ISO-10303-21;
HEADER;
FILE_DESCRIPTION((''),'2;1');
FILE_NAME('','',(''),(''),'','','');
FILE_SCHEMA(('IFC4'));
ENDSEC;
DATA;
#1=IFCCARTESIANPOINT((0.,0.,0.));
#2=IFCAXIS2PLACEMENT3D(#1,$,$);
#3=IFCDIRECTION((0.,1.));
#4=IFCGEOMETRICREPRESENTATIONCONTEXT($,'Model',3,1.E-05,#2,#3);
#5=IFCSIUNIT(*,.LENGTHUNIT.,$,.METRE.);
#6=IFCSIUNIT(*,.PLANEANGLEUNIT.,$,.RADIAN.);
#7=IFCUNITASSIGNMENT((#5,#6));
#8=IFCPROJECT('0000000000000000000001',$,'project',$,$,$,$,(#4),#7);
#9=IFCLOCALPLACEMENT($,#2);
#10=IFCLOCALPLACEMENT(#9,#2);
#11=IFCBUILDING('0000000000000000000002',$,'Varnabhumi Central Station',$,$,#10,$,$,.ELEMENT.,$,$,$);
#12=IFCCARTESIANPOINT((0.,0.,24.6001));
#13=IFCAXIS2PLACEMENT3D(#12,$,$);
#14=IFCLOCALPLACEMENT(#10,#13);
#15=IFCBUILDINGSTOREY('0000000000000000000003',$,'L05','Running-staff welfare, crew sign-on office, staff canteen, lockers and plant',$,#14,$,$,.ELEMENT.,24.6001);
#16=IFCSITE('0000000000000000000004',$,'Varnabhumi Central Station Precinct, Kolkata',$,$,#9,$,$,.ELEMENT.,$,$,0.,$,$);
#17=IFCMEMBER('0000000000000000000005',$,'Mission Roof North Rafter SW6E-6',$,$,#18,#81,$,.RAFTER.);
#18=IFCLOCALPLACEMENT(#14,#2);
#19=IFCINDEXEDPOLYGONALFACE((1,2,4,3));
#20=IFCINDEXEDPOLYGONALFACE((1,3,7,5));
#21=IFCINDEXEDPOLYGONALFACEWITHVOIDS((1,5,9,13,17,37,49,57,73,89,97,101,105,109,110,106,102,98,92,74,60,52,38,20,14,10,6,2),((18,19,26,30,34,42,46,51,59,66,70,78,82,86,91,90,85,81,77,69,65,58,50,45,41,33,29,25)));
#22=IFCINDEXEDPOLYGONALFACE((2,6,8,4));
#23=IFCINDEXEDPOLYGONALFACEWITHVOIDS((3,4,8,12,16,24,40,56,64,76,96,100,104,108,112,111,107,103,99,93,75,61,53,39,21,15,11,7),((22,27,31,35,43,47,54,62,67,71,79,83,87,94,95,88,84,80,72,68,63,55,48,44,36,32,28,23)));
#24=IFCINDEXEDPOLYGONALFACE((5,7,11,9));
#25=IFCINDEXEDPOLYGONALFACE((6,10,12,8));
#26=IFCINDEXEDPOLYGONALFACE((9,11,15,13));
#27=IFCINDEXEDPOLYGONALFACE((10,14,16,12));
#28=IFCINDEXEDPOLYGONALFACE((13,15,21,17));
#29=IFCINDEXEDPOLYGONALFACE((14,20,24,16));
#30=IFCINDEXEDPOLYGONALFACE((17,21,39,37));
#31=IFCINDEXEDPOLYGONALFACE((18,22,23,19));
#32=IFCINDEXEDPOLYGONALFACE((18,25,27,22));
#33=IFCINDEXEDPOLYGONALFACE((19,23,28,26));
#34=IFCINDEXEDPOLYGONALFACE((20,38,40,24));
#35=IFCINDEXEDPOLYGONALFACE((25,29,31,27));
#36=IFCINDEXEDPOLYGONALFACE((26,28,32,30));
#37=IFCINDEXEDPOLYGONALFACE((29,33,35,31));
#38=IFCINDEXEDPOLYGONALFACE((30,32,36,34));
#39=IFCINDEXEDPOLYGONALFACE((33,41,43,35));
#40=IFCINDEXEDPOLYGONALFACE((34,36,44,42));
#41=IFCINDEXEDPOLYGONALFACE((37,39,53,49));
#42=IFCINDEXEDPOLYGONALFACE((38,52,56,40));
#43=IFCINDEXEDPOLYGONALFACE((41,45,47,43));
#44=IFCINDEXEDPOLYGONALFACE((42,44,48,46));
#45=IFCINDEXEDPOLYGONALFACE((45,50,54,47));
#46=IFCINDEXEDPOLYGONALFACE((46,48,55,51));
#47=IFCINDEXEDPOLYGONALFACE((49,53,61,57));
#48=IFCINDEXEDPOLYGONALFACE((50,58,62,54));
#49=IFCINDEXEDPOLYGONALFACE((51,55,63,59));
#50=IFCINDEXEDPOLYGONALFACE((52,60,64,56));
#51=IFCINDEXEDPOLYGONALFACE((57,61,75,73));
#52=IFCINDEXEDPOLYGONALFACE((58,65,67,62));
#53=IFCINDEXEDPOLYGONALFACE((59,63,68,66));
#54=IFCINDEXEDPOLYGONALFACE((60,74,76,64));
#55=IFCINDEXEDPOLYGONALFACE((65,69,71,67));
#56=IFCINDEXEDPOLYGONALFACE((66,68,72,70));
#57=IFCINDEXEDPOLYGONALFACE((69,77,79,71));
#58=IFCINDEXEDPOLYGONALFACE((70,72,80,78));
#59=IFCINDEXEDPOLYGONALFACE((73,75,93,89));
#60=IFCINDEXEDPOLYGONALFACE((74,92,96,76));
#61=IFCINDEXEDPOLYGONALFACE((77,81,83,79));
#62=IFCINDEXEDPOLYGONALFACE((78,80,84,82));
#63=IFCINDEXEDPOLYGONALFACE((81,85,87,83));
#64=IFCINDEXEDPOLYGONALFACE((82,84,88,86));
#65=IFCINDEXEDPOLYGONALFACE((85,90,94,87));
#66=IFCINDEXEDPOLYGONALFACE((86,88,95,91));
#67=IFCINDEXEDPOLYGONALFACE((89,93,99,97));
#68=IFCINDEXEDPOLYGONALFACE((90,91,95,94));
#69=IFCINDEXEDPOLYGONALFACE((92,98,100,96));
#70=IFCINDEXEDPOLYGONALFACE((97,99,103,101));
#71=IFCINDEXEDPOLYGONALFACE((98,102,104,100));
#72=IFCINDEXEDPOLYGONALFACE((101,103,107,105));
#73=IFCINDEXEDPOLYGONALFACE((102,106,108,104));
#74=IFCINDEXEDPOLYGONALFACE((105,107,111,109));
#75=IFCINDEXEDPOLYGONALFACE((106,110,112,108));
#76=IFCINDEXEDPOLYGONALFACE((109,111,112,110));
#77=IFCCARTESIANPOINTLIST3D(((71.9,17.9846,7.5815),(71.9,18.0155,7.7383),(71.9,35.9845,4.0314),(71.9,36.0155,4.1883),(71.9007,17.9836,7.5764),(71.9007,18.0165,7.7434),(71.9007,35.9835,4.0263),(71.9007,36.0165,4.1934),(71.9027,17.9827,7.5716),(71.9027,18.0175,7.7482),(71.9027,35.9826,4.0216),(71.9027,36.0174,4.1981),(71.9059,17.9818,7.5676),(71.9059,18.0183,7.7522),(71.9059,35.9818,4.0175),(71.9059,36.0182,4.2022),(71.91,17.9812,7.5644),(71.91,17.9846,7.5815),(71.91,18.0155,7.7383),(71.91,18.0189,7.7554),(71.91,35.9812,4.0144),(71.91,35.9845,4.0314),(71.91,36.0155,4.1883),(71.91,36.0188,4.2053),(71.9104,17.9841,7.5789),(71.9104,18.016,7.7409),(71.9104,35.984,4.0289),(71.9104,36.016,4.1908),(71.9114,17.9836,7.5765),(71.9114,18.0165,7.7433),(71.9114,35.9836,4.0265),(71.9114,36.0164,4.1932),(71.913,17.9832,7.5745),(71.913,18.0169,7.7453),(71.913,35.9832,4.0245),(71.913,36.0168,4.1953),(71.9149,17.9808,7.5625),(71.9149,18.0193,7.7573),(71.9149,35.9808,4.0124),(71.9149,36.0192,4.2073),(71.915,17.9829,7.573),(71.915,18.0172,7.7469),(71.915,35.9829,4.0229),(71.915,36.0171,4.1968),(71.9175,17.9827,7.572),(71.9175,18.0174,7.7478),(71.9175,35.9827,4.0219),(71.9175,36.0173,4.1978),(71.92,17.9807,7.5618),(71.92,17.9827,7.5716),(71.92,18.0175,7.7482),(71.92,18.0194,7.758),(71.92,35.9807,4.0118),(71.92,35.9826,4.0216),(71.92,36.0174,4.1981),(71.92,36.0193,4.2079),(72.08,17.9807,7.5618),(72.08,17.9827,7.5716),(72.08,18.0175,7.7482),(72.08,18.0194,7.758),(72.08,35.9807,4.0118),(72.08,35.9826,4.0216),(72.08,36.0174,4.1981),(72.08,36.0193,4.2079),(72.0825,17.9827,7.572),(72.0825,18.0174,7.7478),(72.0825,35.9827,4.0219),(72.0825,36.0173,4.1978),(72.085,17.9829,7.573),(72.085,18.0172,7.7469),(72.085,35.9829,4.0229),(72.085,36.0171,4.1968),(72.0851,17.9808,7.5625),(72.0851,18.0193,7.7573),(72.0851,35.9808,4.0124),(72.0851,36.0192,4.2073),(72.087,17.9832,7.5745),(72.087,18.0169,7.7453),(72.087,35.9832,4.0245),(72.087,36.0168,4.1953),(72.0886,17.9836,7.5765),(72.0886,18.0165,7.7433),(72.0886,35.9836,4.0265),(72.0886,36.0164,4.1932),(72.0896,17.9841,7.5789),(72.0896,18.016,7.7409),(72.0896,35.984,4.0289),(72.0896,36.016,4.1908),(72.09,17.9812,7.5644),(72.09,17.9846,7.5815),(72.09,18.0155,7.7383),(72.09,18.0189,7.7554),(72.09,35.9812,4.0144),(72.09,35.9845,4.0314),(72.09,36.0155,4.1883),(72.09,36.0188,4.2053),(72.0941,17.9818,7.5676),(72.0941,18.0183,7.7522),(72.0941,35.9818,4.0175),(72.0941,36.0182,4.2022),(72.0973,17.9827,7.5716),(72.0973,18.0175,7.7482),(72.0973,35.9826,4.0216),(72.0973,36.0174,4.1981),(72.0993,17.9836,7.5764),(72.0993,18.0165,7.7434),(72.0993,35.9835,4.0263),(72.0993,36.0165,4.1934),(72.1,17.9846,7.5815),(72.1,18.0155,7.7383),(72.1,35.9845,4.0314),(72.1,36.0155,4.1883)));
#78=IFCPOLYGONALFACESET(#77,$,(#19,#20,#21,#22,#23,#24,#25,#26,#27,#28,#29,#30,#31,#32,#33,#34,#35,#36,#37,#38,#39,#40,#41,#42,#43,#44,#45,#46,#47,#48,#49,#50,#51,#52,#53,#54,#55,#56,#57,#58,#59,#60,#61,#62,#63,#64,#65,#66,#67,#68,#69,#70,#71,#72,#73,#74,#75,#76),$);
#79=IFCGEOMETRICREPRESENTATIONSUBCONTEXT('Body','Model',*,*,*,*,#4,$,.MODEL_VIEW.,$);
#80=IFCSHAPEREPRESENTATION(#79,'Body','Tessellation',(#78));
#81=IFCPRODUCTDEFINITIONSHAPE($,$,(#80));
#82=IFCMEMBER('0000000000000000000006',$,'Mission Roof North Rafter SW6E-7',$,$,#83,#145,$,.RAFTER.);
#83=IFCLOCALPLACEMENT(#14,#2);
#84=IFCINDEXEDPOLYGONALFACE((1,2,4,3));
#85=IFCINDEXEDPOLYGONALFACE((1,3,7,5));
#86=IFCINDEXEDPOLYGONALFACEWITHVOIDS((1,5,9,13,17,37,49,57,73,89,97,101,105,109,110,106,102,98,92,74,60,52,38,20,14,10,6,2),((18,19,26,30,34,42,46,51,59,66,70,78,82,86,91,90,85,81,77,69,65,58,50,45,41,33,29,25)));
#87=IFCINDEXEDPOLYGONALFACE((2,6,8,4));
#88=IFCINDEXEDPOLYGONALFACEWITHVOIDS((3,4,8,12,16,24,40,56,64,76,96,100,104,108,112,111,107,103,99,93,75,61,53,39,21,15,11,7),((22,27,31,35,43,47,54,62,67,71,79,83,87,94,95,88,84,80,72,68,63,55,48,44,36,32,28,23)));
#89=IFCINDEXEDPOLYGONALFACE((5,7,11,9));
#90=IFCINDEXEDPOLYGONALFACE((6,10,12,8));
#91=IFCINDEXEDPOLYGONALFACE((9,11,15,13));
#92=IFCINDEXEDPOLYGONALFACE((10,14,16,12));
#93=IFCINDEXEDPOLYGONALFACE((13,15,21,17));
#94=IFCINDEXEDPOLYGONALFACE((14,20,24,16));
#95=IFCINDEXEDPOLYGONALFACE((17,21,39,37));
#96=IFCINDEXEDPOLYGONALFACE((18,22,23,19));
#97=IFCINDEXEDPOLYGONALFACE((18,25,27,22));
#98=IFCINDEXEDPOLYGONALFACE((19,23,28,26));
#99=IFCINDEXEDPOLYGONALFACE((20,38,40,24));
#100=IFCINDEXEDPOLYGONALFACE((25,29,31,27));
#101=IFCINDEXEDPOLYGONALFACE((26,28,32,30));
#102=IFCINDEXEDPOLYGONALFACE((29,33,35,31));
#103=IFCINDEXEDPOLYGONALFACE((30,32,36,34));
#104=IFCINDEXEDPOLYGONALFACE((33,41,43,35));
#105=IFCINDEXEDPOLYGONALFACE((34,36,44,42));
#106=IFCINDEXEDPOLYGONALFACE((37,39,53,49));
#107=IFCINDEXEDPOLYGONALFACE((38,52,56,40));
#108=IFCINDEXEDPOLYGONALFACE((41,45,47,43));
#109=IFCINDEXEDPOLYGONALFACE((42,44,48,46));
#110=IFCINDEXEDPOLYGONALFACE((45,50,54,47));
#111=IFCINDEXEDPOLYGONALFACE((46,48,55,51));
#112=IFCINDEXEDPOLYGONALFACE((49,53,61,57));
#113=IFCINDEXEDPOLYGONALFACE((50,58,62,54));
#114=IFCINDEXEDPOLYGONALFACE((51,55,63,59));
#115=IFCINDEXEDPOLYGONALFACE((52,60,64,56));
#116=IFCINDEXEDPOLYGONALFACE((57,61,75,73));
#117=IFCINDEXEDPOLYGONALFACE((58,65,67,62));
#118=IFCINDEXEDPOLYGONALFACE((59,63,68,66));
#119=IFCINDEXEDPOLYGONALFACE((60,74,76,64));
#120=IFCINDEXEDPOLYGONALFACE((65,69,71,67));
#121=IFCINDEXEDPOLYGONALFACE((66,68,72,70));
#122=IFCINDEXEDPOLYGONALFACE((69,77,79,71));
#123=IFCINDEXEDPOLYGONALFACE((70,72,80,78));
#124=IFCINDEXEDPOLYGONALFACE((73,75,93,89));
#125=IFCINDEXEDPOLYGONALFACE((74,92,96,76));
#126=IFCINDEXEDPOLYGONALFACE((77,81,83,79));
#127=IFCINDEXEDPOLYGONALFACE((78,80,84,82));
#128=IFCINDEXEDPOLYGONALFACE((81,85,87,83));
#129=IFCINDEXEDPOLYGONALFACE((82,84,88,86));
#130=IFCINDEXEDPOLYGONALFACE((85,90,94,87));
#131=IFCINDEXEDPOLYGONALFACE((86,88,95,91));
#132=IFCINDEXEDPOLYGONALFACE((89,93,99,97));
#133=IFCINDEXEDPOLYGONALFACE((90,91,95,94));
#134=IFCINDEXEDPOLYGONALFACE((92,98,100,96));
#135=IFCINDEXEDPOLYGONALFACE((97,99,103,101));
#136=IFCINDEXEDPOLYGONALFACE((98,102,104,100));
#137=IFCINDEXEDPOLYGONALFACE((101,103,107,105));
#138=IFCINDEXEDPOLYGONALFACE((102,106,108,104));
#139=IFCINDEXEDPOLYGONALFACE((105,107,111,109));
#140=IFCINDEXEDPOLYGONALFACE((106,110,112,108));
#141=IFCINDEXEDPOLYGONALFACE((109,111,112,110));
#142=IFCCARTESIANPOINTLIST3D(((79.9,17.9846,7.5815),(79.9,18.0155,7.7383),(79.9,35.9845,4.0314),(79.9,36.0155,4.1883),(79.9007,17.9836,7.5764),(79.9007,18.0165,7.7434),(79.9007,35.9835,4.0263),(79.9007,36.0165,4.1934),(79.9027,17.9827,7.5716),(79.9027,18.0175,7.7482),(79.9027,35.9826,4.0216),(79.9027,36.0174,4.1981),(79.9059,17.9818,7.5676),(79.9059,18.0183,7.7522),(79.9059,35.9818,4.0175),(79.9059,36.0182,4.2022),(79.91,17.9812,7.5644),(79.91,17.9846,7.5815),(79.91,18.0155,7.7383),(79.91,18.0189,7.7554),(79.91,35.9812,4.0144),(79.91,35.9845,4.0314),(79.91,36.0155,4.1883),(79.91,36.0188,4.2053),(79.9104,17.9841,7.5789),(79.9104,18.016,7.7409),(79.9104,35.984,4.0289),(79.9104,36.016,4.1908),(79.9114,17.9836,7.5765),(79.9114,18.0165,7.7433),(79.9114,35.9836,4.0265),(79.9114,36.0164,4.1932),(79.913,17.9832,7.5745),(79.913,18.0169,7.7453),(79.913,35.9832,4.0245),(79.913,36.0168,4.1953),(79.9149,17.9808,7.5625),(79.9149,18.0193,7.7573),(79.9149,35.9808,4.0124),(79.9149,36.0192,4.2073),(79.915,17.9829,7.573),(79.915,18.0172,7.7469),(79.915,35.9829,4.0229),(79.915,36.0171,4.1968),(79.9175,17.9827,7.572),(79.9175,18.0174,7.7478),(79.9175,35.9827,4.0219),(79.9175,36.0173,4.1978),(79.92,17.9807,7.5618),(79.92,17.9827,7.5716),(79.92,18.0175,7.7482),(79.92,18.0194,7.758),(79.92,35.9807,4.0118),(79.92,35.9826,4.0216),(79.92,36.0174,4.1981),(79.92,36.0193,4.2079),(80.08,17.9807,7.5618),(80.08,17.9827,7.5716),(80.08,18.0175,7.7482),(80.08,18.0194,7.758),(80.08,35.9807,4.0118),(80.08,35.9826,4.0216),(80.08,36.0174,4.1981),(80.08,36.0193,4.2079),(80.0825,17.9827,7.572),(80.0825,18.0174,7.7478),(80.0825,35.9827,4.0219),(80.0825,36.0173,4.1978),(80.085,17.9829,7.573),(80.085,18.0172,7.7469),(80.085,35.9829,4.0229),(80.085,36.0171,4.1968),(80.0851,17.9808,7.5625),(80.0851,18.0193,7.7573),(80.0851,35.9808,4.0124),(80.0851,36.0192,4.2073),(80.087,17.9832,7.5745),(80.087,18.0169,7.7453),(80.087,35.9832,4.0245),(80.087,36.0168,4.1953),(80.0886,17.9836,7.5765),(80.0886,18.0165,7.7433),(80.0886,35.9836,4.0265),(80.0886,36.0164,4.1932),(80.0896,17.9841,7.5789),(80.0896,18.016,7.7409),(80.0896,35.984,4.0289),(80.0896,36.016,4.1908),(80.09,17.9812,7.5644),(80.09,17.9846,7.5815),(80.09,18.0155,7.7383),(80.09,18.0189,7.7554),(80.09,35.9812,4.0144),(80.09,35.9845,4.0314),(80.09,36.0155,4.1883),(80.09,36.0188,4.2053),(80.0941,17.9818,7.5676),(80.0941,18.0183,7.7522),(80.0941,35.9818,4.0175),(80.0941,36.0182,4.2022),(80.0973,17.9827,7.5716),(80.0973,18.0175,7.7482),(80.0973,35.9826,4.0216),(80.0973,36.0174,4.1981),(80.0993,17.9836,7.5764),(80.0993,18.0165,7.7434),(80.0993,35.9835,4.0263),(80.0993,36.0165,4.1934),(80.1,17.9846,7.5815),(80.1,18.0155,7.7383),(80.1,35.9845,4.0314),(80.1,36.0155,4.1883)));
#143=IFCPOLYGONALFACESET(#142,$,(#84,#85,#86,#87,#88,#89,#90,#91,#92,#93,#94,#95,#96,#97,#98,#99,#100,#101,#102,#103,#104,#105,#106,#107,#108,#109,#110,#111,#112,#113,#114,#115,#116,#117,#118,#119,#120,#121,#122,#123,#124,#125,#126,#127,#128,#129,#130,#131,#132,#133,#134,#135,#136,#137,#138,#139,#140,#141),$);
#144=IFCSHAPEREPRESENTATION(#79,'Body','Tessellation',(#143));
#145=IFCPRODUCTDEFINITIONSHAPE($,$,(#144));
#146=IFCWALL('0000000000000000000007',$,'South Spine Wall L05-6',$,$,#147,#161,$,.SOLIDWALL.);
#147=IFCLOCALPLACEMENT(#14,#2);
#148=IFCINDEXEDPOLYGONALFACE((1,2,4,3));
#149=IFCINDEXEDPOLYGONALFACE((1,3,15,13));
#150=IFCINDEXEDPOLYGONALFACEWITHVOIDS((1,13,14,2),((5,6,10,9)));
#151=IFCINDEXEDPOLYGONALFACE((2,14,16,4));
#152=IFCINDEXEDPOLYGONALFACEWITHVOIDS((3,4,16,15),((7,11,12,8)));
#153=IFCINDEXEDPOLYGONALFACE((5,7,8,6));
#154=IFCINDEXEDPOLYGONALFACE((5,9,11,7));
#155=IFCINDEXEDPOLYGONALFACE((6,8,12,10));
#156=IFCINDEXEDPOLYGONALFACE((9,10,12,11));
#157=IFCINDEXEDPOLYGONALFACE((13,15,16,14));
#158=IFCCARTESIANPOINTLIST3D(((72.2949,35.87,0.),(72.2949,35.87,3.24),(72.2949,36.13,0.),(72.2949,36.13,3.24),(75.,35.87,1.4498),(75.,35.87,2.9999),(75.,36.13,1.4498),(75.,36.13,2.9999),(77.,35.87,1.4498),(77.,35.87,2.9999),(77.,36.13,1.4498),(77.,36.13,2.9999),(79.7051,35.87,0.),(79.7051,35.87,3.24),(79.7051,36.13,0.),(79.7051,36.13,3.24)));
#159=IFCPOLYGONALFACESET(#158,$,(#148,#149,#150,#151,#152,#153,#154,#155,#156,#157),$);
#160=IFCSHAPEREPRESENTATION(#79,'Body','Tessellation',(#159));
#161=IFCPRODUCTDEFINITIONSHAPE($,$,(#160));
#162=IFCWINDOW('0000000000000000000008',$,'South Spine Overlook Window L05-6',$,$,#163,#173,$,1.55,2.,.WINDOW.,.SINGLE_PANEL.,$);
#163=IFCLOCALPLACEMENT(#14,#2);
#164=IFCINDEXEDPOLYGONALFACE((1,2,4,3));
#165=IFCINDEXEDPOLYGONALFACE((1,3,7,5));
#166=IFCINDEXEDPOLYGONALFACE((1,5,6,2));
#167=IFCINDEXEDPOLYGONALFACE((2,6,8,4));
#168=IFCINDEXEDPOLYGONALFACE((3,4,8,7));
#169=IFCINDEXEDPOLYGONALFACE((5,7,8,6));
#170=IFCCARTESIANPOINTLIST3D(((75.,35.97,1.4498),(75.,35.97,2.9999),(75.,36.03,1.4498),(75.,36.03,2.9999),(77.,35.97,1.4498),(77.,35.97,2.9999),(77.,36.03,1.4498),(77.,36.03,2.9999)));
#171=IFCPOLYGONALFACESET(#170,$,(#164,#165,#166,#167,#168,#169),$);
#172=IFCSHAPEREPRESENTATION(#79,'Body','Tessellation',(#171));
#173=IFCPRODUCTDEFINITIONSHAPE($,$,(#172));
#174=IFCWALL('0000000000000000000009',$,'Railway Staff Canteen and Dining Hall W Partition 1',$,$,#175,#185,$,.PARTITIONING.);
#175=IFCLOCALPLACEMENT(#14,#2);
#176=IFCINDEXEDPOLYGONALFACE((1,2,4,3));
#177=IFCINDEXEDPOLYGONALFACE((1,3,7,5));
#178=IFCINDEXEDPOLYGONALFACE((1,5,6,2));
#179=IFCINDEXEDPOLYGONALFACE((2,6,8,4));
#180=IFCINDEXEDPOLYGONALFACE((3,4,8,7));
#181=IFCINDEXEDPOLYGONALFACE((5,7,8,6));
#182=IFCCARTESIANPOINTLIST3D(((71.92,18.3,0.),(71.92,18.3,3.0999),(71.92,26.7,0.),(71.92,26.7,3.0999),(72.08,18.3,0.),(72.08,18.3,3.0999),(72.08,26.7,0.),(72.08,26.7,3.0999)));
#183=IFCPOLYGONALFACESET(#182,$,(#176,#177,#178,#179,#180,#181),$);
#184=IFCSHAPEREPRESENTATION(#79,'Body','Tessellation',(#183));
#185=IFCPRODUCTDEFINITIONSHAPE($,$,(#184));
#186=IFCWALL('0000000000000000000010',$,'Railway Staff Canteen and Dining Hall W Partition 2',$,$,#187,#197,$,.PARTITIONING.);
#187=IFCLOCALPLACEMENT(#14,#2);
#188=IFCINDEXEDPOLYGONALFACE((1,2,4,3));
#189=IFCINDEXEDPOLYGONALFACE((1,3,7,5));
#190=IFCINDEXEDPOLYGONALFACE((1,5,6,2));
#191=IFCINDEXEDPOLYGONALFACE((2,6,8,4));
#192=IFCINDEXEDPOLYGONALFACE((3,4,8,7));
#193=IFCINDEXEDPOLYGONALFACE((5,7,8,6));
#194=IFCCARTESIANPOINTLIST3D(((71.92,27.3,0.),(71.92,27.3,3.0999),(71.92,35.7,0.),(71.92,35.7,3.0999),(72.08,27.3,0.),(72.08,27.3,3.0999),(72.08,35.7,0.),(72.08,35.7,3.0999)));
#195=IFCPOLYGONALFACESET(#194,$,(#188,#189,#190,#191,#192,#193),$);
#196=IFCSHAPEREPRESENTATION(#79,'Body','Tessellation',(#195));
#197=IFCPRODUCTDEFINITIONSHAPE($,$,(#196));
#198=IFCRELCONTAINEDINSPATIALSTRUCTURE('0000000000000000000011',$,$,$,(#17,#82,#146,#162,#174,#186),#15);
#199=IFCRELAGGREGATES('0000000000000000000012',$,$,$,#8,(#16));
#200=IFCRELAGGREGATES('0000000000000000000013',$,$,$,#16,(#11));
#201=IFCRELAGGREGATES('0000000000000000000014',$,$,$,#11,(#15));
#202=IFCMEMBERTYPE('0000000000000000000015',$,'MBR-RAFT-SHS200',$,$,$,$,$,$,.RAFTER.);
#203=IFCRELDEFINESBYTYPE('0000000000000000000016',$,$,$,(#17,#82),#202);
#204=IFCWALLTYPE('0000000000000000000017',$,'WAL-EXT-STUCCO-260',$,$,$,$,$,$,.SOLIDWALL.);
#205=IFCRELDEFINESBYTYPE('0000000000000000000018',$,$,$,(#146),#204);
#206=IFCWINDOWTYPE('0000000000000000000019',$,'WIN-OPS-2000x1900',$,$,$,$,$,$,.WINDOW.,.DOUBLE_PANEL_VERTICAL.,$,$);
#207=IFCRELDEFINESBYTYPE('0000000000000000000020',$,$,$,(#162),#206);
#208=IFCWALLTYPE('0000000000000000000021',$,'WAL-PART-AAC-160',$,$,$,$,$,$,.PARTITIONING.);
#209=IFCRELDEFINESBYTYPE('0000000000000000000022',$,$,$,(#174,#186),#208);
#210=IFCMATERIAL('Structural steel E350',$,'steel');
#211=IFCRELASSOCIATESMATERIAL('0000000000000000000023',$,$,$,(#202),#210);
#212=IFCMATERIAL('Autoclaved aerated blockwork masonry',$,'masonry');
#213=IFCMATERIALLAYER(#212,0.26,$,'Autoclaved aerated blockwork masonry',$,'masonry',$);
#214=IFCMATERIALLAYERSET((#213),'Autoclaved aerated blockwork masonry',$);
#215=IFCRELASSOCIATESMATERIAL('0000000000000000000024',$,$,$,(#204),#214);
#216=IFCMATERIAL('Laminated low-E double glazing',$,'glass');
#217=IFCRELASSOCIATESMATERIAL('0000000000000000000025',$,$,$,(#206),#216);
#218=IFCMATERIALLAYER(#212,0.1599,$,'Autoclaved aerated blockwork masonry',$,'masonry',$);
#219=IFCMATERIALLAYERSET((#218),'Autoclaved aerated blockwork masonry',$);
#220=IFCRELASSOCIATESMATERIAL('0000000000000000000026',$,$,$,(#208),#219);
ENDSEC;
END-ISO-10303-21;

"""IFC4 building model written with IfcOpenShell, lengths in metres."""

from ifc_helpers import new_model, si_unit, direction, frame, frame_2d, origin, origin_2d, place, context, subcontext, project, spatial, rectangle, hollow_rectangle, extrude, material, layer, layer_set, material_profile, profile_set, type_object, element, fill, save


model = new_model("IFC4")

# Units and contexts
model_context = context("Model", 3, precision=1e-05, world=origin(), true_north=direction((0.0, 1.0)))
body_context = subcontext(model_context, "Body", "Model", "MODEL_VIEW")
ifc_project = project(units=[si_unit("LENGTHUNIT", "METRE"), si_unit("PLANEANGLEUNIT", "RADIAN")], contexts=[model_context])

# Site, building, storey
site_placement = place(None, origin())
site = spatial("IfcSite", under=ifc_project, at=site_placement, Name="Varnabhumi Central Station Precinct, Kolkata", CompositionType="ELEMENT", RefElevation=0.0)
building_placement = place(site_placement, origin())
building = spatial("IfcBuilding", under=site, at=building_placement, Name="Varnabhumi Central Station", CompositionType="ELEMENT")
storey_placement = place(building_placement, frame((0.0, 0.0, 24.6001)))
storey = spatial("IfcBuildingStorey", under=building, at=storey_placement, Name="L05", Description="Running-staff welfare, crew sign-on office, staff canteen, lockers and plant", CompositionType="ELEMENT", Elevation=24.6001)

# Shared definitions
ifc_material_1 = material(Name="Structural steel E350", Category="steel")

# Members
ifc_material_profile_1 = material_profile(ifc_material_1, hollow_rectangle(XDim=0.2, YDim=0.2, WallThickness=0.01, InnerFilletRadius=0.01, OuterFilletRadius=0.02, at=origin_2d()), Name="Structural steel E350", Category="steel")
ifc_profile_set_1 = profile_set([ifc_material_profile_1], Name="Structural steel E350")
member_type_1 = type_object("IfcMemberType", Name="MBR-RAFT-SHS200", PredefinedType="RAFTER", material=ifc_profile_set_1)
for number, where, z_axis, x_axis, name in (
    (1, (72.0, 36.0, 4.1099), (0.0, -0.981101, 0.193498), (1.0, 0.0, 0.0), "Mission Roof North Rafter SW6E-6"),
    (2, (80.0, 36.0, 4.1099), (0.0, -0.981101, 0.193498), (1.0, 0.0, 0.0), "Mission Roof North Rafter SW6E-7"),
):
    element("IfcMember", number, at=place(storey_placement, frame(where, z_axis=z_axis, x_axis=x_axis)), inside=storey, type_object=member_type_1, Name=name, PredefinedType="RAFTER", context=body_context, shape_type="SweptSolid", body=[
        extrude(hollow_rectangle(XDim=0.2, YDim=0.2, WallThickness=0.01, InnerFilletRadius=0.01, OuterFilletRadius=0.02, at=origin_2d()), origin(), (0.0, 0.0, 1.0), 18.3467),
    ])

# Wall, opening, window
ifc_material_2 = material(Name="Autoclaved aerated blockwork masonry", Category="masonry")
ifc_layer_1 = layer(ifc_material_2, 0.26, Name="Autoclaved aerated blockwork masonry", Category="masonry")
ifc_layer_set_1 = layer_set([ifc_layer_1], Name="Autoclaved aerated blockwork masonry")
wall_type_1 = type_object("IfcWallType", Name="WAL-EXT-STUCCO-260", PredefinedType="SOLIDWALL", material=ifc_layer_set_1)
wall_placement = place(storey_placement, frame((72.2949, 36.0, 0.0), z_axis=(0.0, 0.0, 1.0), x_axis=(1.0, 0.0, 0.0)))
wall = element("IfcWall", 3, at=wall_placement, inside=storey, type_object=wall_type_1, Name="South Spine Wall L05-6", PredefinedType="SOLIDWALL", context=body_context, shape_type="SweptSolid", body=[
    extrude(rectangle(XDim=7.4102, YDim=0.26, at=frame_2d((3.7051, 0.0))), origin(), (0.0, 0.0, 1.0), 3.24),
])
opening_placement = place(wall_placement, frame((2.7051, 0.0, 1.45)))
opening = element("IfcOpeningElement", 4, at=opening_placement, cuts=wall, PredefinedType="OPENING", context=body_context, shape_type="SweptSolid", body=[
    extrude(rectangle(XDim=2.0, YDim=1.55, at=frame_2d((1.0, 0.7749))), frame((0.0, 0.1399, 0.0), z_axis=(0.0, -1.0, 0.0), x_axis=(1.0, 0.0, 0.0)), (0.0, 0.0, 1.0), 0.28),
])
ifc_material_3 = material(Name="Laminated low-E double glazing", Category="glass")
window_type = type_object("IfcWindowType", Name="WIN-OPS-2000x1900", PartitioningType="DOUBLE_PANEL_VERTICAL", PredefinedType="WINDOW", material=ifc_material_3)
window_placement = place(opening_placement, origin())
window = element("IfcWindow", 5, at=window_placement, inside=storey, type_object=window_type, Name="South Spine Overlook Window L05-6", OverallHeight=1.55, OverallWidth=2.0, PartitioningType="SINGLE_PANEL", PredefinedType="WINDOW", context=body_context, shape_type="SweptSolid", body=[
    extrude(rectangle(XDim=2.0, YDim=1.55, at=frame_2d((1.0, 0.7749))), frame((0.0, 0.03, 0.0), z_axis=(0.0, -1.0, 0.0), x_axis=(1.0, 0.0, 0.0)), (0.0, 0.0, 1.0), 0.0601),
])
fill(opening, window)

# Walls
ifc_layer_2 = layer(ifc_material_2, 0.1599, Name="Autoclaved aerated blockwork masonry", Category="masonry")
ifc_layer_set_2 = layer_set([ifc_layer_2], Name="Autoclaved aerated blockwork masonry")
wall_type_2 = type_object("IfcWallType", Name="WAL-PART-AAC-160", PredefinedType="PARTITIONING", material=ifc_layer_set_2)
for number, where, z_axis, x_axis, name in (
    (6, (72.0, 18.3, 0.0), (0.0, 0.0, 1.0), (0.0, 1.0, 0.0), "Railway Staff Canteen and Dining Hall W Partition 1"),
    (7, (72.0, 27.3, 0.0), (0.0, 0.0, 1.0), (0.0, 1.0, 0.0), "Railway Staff Canteen and Dining Hall W Partition 2"),
):
    element("IfcWall", number, at=place(storey_placement, frame(where, z_axis=z_axis, x_axis=x_axis)), inside=storey, type_object=wall_type_2, Name=name, PredefinedType="PARTITIONING", context=body_context, shape_type="SweptSolid", body=[
        extrude(rectangle(XDim=8.3999, YDim=0.1599, at=frame_2d((4.2, 0.0))), origin(), (0.0, 0.0, 1.0), 3.0999),
    ])

save(model, "model.ifc")
